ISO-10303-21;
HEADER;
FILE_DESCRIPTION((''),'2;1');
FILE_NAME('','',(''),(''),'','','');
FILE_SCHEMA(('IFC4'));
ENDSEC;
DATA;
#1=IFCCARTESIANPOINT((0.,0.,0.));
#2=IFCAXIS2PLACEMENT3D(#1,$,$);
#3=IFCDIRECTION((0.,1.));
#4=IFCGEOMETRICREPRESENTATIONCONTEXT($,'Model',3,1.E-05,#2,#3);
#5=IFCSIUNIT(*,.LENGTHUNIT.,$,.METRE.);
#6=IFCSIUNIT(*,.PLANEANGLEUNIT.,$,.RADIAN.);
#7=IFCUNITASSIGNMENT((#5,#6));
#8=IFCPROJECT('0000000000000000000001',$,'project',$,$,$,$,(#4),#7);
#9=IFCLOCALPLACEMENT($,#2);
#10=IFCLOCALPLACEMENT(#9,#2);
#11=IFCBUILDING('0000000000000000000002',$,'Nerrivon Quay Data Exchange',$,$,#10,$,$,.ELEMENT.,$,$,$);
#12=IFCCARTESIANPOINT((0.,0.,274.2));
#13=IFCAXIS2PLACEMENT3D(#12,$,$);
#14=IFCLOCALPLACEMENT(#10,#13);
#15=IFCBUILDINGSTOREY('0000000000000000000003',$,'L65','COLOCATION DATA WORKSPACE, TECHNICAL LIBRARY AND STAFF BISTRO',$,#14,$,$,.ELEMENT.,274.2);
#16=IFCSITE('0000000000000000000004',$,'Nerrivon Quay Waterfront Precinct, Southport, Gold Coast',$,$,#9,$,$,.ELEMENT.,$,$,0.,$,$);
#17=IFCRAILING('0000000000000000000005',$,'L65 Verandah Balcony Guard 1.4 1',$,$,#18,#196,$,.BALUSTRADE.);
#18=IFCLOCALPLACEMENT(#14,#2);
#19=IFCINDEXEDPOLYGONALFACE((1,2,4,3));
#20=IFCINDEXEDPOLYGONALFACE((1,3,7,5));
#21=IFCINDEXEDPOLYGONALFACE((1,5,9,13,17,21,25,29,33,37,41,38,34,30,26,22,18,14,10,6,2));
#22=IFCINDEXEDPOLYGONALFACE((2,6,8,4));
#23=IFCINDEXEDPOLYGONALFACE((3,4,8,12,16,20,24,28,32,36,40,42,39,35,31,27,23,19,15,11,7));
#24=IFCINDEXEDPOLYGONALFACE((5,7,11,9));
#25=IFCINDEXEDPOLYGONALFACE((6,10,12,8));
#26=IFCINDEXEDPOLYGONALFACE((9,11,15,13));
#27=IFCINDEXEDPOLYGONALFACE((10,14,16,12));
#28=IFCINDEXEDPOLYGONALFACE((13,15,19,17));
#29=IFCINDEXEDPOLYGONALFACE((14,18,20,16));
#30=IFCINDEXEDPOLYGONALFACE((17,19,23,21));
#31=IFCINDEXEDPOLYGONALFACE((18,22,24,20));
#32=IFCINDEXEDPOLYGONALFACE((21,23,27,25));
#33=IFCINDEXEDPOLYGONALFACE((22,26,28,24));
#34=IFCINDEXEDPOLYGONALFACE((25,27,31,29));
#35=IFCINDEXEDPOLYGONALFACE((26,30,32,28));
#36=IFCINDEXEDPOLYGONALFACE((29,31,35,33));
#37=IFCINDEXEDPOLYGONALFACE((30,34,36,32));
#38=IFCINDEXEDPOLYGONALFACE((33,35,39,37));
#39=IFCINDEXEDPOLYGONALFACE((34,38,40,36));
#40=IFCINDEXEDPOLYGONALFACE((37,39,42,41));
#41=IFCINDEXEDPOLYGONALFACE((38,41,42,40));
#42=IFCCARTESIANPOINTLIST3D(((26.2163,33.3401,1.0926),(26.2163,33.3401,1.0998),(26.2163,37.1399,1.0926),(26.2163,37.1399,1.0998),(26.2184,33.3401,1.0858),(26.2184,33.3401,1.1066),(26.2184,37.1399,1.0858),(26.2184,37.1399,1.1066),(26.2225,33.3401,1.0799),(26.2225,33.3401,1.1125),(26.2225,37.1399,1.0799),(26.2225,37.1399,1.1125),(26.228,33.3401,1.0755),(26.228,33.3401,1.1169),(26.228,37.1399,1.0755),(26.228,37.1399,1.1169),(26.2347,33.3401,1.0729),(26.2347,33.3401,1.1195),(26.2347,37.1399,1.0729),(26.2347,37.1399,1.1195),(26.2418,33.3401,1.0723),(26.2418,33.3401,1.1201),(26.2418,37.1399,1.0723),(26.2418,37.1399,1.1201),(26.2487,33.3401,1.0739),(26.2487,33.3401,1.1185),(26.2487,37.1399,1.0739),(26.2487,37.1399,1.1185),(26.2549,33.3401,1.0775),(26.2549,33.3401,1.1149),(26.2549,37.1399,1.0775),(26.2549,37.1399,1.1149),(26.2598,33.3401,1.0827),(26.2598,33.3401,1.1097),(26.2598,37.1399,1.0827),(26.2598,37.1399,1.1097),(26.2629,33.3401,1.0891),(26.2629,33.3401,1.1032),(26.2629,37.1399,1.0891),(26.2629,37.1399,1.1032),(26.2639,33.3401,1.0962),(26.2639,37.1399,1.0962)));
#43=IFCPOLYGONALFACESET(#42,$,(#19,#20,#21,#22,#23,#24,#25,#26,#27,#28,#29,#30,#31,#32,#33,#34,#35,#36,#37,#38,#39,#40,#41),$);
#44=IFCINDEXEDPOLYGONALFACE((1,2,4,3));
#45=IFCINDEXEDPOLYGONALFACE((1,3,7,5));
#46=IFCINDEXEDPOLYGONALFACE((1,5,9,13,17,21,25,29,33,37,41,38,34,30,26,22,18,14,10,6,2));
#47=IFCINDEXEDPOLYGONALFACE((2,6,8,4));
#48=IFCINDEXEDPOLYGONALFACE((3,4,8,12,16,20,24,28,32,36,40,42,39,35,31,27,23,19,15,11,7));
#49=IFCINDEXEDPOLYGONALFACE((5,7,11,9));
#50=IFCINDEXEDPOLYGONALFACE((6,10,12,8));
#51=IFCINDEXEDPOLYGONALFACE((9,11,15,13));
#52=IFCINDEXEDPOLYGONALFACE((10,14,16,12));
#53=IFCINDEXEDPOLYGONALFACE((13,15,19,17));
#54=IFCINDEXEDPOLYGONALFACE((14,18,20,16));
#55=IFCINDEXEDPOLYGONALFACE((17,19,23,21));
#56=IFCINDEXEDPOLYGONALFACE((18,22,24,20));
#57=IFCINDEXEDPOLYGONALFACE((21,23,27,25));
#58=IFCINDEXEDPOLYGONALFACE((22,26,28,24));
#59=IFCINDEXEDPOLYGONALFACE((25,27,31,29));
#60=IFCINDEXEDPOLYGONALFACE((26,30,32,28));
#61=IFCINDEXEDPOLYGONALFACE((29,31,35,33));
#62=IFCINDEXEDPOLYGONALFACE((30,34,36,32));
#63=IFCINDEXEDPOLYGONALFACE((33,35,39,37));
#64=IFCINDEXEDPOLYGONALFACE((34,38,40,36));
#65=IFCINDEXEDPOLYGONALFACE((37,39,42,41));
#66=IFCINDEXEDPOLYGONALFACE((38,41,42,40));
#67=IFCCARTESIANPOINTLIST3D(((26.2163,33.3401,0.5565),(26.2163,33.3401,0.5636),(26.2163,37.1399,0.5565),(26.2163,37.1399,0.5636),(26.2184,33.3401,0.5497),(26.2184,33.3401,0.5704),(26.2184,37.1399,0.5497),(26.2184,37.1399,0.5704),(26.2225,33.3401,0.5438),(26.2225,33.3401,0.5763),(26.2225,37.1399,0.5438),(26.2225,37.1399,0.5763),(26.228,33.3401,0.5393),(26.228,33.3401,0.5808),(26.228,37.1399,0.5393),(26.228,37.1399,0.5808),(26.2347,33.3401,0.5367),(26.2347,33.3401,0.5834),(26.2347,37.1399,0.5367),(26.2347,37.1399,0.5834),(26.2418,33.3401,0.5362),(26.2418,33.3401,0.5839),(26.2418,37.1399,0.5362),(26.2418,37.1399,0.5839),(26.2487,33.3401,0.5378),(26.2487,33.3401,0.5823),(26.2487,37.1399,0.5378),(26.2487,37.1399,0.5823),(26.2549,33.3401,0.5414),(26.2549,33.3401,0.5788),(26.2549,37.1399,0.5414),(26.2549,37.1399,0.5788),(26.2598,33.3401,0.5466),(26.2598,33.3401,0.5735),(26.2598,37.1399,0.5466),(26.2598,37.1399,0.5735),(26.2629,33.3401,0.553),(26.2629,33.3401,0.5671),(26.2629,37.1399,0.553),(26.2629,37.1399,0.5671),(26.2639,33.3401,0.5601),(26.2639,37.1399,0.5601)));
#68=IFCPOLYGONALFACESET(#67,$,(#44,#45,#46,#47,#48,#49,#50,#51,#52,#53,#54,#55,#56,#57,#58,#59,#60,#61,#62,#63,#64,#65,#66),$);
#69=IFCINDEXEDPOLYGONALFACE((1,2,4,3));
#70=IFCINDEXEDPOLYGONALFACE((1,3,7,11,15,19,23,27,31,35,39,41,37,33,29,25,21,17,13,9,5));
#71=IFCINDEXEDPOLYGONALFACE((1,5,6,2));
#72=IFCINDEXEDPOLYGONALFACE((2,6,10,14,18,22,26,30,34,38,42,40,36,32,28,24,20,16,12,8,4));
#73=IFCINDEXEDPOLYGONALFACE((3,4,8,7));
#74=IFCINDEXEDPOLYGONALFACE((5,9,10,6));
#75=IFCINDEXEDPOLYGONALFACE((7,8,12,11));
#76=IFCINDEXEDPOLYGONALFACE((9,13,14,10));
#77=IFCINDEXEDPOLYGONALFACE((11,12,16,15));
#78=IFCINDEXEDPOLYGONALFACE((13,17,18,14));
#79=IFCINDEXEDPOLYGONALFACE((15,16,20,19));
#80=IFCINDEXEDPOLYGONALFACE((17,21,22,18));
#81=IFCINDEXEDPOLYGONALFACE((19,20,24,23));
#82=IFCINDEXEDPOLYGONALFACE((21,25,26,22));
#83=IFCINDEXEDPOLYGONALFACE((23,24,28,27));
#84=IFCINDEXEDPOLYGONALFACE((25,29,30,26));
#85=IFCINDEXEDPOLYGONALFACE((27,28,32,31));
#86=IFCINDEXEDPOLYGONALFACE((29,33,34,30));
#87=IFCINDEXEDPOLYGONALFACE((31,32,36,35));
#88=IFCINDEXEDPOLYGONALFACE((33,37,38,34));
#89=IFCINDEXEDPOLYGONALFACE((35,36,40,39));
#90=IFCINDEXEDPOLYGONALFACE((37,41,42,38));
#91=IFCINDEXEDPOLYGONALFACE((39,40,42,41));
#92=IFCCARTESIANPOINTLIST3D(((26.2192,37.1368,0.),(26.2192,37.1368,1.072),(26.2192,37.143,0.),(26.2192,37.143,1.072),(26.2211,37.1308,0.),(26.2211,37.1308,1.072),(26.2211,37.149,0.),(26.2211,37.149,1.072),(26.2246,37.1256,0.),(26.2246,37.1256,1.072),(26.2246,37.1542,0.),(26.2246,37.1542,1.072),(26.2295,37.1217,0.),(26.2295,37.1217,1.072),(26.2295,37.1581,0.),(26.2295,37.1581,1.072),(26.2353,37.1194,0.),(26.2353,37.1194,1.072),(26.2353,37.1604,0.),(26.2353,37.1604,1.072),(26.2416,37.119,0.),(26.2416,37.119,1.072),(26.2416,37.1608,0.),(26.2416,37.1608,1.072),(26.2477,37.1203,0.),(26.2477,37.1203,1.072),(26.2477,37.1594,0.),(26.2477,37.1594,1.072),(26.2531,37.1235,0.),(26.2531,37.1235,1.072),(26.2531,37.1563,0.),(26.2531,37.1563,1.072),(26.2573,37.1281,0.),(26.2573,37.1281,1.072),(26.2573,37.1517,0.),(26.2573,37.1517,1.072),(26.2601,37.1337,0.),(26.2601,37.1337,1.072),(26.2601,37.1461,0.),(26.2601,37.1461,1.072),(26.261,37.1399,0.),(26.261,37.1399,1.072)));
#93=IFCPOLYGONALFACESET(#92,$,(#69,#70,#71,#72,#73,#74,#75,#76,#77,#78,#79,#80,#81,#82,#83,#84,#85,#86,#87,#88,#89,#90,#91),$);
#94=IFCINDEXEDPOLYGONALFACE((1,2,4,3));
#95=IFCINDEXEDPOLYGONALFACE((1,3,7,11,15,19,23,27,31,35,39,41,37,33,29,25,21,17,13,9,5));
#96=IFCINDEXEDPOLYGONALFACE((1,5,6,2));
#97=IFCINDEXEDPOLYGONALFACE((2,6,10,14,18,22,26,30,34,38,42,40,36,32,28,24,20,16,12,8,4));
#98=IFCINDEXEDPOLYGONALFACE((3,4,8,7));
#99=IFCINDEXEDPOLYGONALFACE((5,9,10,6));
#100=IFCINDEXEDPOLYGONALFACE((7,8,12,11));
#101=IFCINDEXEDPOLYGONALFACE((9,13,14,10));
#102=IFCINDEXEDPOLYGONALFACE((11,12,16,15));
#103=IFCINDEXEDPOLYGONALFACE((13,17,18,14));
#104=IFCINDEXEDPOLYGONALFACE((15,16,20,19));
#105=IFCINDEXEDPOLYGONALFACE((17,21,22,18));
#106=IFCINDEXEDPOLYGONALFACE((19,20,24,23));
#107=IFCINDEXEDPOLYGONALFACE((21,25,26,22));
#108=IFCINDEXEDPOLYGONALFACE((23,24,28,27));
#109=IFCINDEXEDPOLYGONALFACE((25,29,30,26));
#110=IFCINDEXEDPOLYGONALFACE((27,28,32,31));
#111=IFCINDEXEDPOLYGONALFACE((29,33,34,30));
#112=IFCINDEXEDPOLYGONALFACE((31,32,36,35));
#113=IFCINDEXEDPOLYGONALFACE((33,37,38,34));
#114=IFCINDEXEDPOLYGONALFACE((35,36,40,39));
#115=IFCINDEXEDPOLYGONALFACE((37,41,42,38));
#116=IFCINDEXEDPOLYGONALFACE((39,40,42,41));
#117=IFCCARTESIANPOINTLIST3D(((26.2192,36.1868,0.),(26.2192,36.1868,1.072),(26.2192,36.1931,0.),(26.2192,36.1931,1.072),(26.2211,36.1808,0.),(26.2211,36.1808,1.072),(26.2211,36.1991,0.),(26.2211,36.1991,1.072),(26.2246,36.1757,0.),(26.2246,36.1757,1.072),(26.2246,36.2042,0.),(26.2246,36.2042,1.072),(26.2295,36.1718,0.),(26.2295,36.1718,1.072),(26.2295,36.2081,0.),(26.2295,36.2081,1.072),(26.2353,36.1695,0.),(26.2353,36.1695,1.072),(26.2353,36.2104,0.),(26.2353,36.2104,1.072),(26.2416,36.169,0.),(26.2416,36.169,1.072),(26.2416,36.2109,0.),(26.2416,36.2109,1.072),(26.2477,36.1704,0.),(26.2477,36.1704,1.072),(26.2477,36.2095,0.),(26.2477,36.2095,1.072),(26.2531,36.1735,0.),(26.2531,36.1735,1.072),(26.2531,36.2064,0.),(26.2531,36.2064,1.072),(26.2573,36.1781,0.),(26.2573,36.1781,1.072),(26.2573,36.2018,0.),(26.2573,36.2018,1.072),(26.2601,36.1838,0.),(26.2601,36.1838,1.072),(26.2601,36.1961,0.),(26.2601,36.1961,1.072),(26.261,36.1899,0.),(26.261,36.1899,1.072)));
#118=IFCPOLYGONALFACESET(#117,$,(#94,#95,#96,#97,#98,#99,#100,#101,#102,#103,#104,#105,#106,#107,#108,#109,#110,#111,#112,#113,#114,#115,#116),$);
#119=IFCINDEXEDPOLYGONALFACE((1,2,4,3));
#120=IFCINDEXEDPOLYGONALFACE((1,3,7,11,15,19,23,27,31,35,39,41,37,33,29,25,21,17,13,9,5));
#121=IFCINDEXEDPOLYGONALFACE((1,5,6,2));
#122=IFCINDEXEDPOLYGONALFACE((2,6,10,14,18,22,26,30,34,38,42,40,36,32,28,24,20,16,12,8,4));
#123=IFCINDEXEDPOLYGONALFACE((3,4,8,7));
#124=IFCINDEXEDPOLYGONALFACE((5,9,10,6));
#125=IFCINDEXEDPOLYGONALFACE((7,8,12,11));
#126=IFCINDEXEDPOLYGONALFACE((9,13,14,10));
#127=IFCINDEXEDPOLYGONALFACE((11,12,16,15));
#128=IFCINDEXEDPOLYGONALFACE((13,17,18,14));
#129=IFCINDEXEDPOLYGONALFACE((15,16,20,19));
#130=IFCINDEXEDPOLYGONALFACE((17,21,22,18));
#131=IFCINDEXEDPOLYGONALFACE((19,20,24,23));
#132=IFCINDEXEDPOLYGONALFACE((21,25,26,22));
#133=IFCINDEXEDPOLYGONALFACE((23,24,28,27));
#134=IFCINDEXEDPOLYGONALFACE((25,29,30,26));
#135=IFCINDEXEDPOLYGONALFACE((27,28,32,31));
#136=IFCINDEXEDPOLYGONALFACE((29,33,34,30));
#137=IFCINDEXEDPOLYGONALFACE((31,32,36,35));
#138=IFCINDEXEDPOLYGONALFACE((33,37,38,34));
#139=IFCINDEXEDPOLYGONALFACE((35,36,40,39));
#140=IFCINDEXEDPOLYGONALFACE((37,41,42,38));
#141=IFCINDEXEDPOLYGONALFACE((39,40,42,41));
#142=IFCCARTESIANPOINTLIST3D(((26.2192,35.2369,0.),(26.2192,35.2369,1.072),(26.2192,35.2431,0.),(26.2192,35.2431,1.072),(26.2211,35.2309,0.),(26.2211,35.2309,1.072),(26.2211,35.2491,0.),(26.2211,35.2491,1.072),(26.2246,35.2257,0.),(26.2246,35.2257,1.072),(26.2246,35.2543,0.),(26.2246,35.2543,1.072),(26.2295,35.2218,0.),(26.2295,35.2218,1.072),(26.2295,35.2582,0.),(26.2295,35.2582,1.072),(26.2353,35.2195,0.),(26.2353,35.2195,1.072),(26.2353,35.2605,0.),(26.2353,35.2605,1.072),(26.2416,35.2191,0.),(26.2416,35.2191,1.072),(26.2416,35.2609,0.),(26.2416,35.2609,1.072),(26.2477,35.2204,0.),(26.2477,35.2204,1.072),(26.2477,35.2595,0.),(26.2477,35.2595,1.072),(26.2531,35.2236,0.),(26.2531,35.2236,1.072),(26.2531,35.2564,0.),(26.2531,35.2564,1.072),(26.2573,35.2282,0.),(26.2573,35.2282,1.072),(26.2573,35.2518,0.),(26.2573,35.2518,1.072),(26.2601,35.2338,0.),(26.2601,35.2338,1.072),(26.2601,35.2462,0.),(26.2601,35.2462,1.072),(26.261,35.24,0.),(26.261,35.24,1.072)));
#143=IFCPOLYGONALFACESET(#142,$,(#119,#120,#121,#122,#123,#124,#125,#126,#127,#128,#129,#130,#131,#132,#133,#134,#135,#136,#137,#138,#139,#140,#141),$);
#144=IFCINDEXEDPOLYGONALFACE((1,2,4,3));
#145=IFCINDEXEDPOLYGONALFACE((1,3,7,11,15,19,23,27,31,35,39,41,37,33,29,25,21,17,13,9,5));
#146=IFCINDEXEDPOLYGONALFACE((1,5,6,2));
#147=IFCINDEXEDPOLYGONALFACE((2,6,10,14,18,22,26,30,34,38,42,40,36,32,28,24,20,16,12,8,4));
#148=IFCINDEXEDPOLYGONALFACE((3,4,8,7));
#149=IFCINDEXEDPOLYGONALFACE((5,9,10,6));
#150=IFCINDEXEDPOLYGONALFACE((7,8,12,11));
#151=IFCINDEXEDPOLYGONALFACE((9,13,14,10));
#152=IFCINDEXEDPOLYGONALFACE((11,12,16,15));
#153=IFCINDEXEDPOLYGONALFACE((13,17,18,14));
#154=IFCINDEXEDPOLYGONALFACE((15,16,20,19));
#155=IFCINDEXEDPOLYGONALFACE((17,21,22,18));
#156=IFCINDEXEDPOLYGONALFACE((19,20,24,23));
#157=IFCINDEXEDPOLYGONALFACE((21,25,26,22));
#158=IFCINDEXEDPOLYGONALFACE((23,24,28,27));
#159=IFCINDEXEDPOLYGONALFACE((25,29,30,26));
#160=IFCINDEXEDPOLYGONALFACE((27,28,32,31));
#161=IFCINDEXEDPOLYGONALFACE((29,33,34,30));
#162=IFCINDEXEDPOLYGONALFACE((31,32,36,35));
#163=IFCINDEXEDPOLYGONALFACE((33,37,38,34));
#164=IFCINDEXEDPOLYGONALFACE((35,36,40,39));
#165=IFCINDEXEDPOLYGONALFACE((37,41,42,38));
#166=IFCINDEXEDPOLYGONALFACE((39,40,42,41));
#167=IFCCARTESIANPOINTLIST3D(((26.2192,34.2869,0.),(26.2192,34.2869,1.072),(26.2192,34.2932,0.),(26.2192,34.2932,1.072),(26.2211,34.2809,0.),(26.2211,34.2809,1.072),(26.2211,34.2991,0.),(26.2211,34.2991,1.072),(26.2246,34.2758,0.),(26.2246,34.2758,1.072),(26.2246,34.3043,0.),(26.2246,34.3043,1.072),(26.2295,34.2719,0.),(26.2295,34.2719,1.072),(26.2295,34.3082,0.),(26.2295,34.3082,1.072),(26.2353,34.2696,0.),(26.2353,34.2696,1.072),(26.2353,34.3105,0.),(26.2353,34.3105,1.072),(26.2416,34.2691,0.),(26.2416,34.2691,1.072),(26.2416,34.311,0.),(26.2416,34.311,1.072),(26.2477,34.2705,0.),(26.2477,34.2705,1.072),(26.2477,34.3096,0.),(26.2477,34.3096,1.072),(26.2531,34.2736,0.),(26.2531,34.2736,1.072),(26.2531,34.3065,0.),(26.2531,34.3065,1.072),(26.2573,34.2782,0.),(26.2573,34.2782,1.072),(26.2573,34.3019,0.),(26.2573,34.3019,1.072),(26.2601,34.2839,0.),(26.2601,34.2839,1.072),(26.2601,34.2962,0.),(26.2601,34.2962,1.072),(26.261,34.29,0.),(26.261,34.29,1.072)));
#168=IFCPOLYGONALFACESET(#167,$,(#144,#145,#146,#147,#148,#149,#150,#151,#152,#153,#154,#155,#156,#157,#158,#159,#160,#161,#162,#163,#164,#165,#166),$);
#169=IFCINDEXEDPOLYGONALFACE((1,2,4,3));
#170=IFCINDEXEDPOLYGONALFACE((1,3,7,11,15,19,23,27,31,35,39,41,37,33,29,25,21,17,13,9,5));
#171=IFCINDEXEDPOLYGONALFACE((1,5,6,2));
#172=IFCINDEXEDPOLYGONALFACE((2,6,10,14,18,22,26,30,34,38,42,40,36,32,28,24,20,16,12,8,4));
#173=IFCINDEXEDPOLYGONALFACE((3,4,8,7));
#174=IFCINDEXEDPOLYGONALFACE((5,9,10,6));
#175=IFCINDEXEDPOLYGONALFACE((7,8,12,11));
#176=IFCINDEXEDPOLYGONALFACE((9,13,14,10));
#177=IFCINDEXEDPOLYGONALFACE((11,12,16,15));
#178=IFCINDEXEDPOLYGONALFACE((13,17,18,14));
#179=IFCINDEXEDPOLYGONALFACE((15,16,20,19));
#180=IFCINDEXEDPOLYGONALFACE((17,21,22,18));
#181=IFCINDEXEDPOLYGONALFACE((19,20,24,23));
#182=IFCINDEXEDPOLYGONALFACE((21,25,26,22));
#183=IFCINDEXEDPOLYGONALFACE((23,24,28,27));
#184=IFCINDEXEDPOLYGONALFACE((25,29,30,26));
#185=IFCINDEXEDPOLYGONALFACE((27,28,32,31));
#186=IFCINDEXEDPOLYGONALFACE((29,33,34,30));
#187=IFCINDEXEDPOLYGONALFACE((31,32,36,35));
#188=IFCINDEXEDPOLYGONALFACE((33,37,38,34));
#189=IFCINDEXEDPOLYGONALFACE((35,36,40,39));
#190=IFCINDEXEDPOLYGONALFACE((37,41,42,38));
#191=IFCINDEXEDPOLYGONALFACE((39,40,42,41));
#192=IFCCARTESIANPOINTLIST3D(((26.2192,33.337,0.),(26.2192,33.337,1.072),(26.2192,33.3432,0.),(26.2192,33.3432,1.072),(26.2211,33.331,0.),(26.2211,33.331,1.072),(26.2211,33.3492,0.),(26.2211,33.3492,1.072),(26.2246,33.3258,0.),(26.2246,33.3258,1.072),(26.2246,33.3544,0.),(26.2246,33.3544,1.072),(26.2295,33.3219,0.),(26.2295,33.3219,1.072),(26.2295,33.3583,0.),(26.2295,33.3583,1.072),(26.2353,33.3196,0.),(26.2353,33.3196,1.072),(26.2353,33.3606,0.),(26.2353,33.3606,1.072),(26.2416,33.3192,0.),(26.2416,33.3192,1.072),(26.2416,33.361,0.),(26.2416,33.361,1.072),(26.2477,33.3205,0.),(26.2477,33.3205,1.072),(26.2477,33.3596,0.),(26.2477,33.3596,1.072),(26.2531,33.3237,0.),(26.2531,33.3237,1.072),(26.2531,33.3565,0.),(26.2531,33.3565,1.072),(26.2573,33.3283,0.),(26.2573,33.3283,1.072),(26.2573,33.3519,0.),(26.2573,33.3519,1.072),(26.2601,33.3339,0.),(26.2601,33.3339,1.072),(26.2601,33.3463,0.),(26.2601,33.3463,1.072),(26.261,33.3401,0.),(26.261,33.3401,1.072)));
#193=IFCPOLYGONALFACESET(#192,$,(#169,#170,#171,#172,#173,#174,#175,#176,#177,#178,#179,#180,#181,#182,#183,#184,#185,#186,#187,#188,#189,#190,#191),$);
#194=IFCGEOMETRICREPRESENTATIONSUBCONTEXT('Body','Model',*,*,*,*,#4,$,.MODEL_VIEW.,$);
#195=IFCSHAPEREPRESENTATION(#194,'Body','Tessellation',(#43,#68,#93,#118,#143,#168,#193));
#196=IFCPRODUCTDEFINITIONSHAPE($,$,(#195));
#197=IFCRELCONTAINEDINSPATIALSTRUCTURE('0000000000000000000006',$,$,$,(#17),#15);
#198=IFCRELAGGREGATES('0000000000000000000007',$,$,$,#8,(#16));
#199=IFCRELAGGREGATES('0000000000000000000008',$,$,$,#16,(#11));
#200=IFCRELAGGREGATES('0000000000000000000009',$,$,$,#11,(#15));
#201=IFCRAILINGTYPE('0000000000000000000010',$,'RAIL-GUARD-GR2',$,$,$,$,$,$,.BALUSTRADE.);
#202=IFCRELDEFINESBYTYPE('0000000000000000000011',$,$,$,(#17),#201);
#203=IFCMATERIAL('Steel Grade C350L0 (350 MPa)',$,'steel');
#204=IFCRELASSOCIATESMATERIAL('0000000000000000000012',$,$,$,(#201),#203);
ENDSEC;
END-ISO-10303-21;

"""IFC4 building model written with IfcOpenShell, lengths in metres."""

from ifc_helpers import new_model, si_unit, direction, frame, origin, origin_2d, place, context, subcontext, project, spatial, circle, extrude, material, type_object, element, save


model = new_model("IFC4")

# Units and contexts
model_context = context("Model", 3, precision=1e-05, world=origin(), true_north=direction((0.0, 1.0)))
body_context = subcontext(model_context, "Body", "Model", "MODEL_VIEW")
ifc_project = project(units=[si_unit("LENGTHUNIT", "METRE"), si_unit("PLANEANGLEUNIT", "RADIAN")], contexts=[model_context])

# Site, building, storey
site_placement = place(None, origin())
site = spatial("IfcSite", under=ifc_project, at=site_placement, Name="Nerrivon Quay Waterfront Precinct, Southport, Gold Coast", CompositionType="ELEMENT", RefElevation=0.0)
building_placement = place(site_placement, origin())
building = spatial("IfcBuilding", under=site, at=building_placement, Name="Nerrivon Quay Data Exchange", CompositionType="ELEMENT")
storey_placement = place(building_placement, frame((0.0, 0.0, 274.2)))
storey = spatial("IfcBuildingStorey", under=building, at=storey_placement, Name="L65", Description="COLOCATION DATA WORKSPACE, TECHNICAL LIBRARY AND STAFF BISTRO", CompositionType="ELEMENT", Elevation=274.2)

# Shared definitions
ifc_material_1 = material(Name="Steel Grade C350L0 (350 MPa)", Category="steel")

# Railing
railing_type = type_object("IfcRailingType", Name="RAIL-GUARD-GR2", PredefinedType="BALUSTRADE", material=ifc_material_1)
railing_1_placement = place(storey_placement, frame((26.24, 37.1399, 0.0)))
element("IfcRailing", 1, at=railing_1_placement, inside=storey, type_object=railing_type, Name="L65 Verandah Balcony Guard 1.4 1", PredefinedType="BALUSTRADE", context=body_context, shape_type="SweptSolid", body=[
    extrude(circle(Radius=0.0239, at=origin_2d()), frame((0.0, 0.0, 1.0962), z_axis=(0.0, -1.0, 0.0), x_axis=(1.0, 0.0, 0.0)), (0.0, 0.0, 1.0), 3.7998),
    extrude(circle(Radius=0.0239, at=origin_2d()), frame((0.0, 0.0, 0.5601), z_axis=(0.0, -1.0, 0.0), x_axis=(1.0, 0.0, 0.0)), (0.0, 0.0, 1.0), 3.7998),
    extrude(circle(Radius=0.021, at=origin_2d()), origin(), (0.0, 0.0, 1.0), 1.072),
    extrude(circle(Radius=0.021, at=origin_2d()), frame((0.0, -0.95, 0.0)), (0.0, 0.0, 1.0), 1.072),
    extrude(circle(Radius=0.021, at=origin_2d()), frame((0.0, -1.8999, 0.0)), (0.0, 0.0, 1.0), 1.072),
    extrude(circle(Radius=0.021, at=origin_2d()), frame((0.0, -2.8499, 0.0)), (0.0, 0.0, 1.0), 1.072),
    extrude(circle(Radius=0.021, at=origin_2d()), frame((0.0, -3.7998, 0.0)), (0.0, 0.0, 1.0), 1.072),
])

save(model, "model.ifc")
